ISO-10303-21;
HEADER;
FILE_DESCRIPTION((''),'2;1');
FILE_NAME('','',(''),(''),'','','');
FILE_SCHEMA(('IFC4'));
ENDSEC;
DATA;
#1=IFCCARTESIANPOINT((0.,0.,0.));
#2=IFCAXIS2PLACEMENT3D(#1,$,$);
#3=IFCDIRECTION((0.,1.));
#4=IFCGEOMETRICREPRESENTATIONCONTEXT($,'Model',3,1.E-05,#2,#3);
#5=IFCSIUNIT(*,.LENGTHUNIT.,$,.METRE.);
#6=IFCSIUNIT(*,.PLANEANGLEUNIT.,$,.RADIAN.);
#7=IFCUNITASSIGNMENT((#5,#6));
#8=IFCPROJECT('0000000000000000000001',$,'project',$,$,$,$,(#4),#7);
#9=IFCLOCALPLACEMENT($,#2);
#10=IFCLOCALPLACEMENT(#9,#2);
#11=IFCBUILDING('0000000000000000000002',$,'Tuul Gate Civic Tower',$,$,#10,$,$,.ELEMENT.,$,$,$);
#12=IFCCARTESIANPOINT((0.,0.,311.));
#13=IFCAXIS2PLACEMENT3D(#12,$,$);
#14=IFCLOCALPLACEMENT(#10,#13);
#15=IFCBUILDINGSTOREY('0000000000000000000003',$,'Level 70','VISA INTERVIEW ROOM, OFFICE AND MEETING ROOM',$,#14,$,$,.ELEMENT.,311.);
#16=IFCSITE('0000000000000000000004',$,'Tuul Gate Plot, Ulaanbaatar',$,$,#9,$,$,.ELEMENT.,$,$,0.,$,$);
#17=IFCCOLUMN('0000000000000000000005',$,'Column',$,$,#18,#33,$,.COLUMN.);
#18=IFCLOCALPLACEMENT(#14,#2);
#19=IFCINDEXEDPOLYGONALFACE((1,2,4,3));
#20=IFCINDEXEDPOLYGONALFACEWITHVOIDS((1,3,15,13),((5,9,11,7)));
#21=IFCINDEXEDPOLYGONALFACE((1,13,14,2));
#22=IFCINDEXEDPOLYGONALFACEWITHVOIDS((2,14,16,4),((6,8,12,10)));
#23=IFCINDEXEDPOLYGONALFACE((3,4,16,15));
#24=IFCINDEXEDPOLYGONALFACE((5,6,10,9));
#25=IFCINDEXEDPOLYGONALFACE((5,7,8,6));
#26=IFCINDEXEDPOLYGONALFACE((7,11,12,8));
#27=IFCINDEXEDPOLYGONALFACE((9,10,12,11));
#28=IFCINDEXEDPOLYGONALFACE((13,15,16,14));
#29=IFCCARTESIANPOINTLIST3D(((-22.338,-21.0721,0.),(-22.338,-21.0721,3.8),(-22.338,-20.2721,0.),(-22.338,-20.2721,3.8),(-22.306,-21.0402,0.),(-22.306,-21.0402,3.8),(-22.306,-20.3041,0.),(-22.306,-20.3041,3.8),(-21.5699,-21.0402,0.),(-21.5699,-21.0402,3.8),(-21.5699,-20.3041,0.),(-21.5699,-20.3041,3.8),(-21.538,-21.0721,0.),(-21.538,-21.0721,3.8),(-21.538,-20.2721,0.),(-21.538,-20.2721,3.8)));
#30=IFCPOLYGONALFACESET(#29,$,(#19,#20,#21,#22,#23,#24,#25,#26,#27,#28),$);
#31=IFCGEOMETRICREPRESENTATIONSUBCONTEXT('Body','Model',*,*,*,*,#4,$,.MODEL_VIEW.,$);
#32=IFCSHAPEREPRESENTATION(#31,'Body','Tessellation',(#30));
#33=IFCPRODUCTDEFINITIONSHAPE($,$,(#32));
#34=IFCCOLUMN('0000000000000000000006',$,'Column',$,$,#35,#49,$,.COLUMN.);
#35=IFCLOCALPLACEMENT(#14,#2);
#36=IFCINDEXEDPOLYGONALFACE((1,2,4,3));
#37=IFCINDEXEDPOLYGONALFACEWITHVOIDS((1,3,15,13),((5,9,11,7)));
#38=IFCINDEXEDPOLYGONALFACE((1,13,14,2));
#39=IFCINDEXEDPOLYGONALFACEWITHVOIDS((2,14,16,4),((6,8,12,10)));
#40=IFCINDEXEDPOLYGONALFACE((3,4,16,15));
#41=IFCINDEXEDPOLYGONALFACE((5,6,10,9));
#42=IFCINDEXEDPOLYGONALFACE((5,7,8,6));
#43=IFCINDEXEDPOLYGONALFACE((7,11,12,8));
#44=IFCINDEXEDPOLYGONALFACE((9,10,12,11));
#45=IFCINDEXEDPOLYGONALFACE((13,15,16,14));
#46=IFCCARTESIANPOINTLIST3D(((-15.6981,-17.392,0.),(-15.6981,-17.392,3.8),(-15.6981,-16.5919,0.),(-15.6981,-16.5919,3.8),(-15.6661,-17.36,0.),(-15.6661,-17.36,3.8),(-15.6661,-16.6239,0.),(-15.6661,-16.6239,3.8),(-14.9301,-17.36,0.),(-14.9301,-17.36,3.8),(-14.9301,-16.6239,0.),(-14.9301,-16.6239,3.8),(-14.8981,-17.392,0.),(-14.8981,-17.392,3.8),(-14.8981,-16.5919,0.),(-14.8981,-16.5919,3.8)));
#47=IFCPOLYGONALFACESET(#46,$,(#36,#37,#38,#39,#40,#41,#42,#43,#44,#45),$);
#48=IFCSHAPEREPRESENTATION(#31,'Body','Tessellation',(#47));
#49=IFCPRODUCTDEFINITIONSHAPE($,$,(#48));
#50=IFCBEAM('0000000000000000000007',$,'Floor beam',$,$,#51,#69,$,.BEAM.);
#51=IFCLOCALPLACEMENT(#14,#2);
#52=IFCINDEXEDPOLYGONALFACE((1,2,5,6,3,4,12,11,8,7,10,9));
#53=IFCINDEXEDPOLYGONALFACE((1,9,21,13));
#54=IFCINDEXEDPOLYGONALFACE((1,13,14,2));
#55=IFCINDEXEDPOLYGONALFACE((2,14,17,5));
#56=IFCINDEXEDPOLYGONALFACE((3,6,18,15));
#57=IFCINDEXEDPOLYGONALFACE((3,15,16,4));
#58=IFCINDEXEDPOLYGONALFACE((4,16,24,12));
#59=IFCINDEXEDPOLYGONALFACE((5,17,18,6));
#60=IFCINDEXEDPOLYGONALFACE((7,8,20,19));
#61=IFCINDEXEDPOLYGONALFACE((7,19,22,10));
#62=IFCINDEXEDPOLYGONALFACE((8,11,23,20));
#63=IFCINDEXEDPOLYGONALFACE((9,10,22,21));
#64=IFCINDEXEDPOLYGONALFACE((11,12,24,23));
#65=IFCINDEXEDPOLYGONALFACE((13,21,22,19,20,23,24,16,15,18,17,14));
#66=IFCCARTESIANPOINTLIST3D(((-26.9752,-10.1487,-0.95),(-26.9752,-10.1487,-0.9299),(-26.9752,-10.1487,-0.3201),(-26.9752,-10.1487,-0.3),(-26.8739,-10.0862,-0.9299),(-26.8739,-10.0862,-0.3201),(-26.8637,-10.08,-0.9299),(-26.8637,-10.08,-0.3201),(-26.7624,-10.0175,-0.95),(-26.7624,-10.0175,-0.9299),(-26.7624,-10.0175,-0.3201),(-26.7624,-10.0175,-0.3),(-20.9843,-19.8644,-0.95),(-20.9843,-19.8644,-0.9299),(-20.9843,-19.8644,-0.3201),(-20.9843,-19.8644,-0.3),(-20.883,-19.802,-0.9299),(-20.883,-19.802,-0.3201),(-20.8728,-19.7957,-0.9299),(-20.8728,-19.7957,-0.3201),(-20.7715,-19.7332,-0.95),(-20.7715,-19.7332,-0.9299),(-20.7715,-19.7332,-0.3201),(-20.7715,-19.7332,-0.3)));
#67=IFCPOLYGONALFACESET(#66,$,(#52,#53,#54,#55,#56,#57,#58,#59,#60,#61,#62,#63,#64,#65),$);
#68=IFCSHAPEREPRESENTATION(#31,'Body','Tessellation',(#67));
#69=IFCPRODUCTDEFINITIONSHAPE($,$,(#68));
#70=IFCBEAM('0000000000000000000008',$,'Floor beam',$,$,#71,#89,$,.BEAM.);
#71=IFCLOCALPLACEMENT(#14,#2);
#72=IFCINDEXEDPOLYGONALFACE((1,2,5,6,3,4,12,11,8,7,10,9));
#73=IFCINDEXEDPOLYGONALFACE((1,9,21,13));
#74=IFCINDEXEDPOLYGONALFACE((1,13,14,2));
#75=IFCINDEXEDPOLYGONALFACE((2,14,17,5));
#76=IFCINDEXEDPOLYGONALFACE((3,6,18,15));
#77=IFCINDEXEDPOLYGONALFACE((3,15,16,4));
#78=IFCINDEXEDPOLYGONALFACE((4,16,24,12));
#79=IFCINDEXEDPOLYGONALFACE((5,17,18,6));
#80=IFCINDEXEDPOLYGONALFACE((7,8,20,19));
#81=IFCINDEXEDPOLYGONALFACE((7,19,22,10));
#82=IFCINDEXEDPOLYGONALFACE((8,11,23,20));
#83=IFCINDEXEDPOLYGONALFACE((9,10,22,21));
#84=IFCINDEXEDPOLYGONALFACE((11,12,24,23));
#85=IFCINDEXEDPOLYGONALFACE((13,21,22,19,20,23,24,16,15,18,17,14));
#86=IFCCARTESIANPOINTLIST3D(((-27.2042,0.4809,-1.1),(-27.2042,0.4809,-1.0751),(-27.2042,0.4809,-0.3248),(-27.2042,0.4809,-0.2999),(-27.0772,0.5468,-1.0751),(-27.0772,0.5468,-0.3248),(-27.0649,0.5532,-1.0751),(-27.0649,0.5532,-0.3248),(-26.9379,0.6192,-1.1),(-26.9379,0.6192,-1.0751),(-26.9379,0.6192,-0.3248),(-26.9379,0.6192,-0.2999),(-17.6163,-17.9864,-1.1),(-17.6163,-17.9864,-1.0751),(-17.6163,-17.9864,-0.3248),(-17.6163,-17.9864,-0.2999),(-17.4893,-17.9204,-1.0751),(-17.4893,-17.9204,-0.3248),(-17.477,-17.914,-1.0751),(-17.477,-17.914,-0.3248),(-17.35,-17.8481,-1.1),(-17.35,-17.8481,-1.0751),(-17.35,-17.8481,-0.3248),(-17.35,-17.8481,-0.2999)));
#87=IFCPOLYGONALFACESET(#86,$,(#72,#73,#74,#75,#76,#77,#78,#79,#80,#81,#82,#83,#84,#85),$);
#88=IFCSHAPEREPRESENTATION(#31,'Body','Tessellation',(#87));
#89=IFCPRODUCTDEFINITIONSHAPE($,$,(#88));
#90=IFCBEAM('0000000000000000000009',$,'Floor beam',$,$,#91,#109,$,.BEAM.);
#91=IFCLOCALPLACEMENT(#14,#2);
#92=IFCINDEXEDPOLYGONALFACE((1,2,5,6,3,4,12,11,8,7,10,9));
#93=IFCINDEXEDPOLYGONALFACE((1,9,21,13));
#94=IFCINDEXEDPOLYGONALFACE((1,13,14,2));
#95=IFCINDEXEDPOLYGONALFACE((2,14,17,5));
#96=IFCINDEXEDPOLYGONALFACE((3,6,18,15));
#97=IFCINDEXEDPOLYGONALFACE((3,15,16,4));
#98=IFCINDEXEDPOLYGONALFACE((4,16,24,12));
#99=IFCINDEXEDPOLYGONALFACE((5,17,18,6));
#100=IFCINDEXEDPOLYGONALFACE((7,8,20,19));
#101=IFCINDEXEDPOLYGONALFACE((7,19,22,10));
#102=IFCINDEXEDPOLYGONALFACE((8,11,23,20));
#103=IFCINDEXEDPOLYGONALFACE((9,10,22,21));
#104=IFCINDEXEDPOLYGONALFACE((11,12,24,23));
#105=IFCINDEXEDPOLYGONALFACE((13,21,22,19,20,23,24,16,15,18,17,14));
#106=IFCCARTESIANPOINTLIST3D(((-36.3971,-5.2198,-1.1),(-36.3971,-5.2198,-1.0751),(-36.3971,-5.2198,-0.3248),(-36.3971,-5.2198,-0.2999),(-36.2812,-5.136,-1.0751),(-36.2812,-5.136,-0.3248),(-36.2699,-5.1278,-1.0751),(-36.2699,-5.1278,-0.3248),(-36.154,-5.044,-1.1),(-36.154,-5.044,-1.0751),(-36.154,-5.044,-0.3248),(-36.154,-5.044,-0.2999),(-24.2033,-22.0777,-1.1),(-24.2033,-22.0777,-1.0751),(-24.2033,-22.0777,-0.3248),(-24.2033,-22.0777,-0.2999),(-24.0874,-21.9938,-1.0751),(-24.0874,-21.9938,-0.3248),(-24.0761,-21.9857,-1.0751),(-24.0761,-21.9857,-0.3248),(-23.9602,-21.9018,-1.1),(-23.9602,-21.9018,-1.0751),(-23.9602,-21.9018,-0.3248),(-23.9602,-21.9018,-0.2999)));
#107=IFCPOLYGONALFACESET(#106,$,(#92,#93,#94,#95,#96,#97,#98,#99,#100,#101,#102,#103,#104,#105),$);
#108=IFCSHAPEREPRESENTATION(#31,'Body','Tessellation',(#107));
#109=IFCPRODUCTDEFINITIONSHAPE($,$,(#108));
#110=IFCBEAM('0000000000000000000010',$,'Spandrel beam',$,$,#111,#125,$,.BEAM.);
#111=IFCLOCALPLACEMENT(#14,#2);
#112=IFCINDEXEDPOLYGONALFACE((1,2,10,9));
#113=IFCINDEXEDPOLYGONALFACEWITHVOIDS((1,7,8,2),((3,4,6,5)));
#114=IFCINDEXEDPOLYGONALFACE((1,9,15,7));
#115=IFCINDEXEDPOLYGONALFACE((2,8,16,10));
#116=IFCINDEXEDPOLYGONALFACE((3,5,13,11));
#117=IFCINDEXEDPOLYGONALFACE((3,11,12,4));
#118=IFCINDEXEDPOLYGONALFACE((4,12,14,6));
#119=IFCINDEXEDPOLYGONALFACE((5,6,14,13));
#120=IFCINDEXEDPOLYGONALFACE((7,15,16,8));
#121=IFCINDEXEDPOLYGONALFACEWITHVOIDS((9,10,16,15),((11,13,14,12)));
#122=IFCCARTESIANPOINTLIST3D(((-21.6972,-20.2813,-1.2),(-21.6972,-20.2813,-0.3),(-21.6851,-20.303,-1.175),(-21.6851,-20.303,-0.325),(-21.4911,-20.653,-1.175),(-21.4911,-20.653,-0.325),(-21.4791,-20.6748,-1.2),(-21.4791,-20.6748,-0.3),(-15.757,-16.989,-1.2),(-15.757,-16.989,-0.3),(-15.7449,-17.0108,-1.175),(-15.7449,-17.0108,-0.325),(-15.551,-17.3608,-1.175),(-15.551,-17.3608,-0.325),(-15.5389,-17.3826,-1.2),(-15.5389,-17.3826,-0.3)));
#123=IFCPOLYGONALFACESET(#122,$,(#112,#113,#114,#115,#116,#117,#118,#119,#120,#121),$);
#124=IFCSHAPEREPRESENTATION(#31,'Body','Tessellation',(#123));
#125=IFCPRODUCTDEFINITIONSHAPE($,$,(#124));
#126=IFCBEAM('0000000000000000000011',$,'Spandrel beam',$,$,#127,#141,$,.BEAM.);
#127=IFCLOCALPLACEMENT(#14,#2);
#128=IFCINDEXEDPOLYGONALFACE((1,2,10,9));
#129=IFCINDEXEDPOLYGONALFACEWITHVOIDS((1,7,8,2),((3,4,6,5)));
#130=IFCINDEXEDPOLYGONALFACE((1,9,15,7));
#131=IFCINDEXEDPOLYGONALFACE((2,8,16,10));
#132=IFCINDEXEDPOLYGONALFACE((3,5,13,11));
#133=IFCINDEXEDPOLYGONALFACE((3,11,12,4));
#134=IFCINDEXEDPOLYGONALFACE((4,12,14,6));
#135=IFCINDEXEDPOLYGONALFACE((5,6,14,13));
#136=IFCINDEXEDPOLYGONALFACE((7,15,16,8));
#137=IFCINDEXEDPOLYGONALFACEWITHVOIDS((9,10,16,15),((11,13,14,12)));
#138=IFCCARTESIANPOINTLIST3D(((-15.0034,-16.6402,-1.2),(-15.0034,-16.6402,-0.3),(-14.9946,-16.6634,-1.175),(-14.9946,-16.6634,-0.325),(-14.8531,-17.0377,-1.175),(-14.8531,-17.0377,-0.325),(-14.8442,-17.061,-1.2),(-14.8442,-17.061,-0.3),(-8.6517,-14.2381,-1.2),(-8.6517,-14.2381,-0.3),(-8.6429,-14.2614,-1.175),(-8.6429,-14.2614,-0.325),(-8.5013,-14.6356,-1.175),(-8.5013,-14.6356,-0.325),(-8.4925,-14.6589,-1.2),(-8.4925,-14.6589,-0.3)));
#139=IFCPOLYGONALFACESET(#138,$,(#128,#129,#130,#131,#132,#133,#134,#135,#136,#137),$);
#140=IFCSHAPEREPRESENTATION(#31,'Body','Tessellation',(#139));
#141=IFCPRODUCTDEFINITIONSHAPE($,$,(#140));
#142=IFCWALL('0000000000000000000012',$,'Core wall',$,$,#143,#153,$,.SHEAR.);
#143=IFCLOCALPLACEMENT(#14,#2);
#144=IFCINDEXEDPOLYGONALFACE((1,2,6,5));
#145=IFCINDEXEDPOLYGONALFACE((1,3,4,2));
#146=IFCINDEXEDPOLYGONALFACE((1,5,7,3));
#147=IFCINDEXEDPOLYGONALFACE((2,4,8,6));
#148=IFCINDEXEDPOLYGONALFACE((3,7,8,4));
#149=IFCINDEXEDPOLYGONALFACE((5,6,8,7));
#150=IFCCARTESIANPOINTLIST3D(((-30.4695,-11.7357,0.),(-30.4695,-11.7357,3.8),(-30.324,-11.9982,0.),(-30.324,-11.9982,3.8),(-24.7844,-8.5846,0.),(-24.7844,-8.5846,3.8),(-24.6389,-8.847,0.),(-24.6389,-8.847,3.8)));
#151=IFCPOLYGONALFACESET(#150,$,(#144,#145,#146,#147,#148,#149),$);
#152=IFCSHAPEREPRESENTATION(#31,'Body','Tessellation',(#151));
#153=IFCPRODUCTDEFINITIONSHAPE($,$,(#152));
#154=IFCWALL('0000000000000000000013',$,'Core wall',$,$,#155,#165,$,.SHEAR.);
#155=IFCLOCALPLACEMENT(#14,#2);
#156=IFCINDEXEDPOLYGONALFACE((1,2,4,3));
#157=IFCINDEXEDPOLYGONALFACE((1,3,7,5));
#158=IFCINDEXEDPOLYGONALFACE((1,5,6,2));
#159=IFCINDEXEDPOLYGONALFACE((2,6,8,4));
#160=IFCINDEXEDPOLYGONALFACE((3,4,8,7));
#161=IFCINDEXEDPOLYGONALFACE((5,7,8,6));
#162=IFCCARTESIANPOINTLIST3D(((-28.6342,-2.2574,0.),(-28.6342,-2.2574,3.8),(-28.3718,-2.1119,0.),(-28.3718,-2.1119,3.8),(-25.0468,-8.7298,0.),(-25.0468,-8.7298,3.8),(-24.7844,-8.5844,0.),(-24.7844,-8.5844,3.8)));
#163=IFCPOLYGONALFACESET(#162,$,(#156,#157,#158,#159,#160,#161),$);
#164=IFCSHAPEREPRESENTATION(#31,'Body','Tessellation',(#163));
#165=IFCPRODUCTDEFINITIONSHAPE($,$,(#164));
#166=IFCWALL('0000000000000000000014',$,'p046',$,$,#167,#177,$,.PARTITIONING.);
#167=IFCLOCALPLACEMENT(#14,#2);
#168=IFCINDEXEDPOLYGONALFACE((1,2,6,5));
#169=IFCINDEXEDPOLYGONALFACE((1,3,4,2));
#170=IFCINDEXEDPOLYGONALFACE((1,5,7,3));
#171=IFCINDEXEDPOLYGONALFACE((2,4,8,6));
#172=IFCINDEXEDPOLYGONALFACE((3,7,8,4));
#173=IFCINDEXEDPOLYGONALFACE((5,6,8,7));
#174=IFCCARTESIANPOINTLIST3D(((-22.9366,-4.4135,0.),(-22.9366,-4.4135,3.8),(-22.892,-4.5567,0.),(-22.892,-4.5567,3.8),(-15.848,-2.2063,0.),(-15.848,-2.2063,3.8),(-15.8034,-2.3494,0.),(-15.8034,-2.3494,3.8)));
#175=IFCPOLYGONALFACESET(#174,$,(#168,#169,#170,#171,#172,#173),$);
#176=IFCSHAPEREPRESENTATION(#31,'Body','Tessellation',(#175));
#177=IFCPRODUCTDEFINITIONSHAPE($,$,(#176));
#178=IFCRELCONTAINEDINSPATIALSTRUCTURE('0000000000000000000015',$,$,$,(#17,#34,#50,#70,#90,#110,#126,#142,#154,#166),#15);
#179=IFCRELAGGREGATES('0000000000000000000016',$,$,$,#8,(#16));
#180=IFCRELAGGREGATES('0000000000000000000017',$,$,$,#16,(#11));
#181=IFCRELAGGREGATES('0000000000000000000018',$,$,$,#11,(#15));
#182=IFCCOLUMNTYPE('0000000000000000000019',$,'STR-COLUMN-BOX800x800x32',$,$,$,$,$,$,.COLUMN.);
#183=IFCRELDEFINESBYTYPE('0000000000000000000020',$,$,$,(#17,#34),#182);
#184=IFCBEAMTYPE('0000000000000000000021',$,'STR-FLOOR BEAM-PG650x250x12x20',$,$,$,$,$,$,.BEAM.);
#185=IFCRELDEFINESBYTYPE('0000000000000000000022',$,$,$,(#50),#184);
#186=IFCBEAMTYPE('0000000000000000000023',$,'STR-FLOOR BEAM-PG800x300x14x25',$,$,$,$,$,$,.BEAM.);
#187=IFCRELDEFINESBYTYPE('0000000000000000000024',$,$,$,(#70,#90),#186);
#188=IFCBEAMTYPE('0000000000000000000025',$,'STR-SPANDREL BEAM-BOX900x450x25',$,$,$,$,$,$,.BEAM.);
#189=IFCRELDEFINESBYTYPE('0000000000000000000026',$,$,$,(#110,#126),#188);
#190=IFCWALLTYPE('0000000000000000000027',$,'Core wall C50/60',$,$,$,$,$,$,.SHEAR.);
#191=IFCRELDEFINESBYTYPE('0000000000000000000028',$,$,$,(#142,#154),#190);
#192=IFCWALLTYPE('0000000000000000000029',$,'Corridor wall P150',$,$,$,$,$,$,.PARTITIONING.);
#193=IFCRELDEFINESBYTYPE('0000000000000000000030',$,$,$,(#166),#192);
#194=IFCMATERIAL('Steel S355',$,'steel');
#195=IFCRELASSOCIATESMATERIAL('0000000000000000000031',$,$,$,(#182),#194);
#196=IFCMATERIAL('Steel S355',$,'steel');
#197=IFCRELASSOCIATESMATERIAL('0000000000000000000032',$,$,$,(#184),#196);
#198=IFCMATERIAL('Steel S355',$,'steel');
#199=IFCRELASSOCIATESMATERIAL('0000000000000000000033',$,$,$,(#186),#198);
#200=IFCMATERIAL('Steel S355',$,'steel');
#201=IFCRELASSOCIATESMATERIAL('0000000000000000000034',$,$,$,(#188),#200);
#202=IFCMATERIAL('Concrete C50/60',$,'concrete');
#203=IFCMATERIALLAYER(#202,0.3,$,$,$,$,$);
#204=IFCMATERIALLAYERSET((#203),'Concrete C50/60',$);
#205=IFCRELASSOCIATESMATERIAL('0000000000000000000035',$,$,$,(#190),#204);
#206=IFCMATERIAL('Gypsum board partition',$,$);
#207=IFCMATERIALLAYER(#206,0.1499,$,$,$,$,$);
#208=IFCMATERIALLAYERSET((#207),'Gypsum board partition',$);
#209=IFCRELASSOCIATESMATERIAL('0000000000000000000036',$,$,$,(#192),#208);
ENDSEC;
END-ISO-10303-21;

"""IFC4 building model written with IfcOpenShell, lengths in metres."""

from ifc_helpers import new_model, si_unit, direction, frame, frame_2d, origin, origin_2d, place, context, subcontext, project, spatial, rectangle, hollow_rectangle, i_section, extrude, material, layer, layer_set, material_profile, profile_set, type_object, element, save


model = new_model("IFC4")

# Units and contexts
model_context = context("Model", 3, precision=1e-05, world=origin(), true_north=direction((0.0, 1.0)))
body_context = subcontext(model_context, "Body", "Model", "MODEL_VIEW")
ifc_project = project(units=[si_unit("LENGTHUNIT", "METRE"), si_unit("PLANEANGLEUNIT", "RADIAN")], contexts=[model_context])

# Site, building, storey
site_placement = place(None, origin())
site = spatial("IfcSite", under=ifc_project, at=site_placement, Name="Tuul Gate Plot, Ulaanbaatar", CompositionType="ELEMENT", RefElevation=0.0)
building_placement = place(site_placement, origin())
building = spatial("IfcBuilding", under=site, at=building_placement, Name="Tuul Gate Civic Tower", CompositionType="ELEMENT")
storey_placement = place(building_placement, frame((0.0, 0.0, 311.0)))
storey = spatial("IfcBuildingStorey", under=building, at=storey_placement, Name="Level 70", Description="VISA INTERVIEW ROOM, OFFICE AND MEETING ROOM", CompositionType="ELEMENT", Elevation=311.0)

# Columns
ifc_material_1 = material(Name="Steel S355", Category="steel")
ifc_material_profile_1 = material_profile(ifc_material_1, hollow_rectangle(XDim=0.8, YDim=0.8, WallThickness=0.032, at=origin_2d()), Name="BOX800x800x32")
ifc_profile_set_1 = profile_set([ifc_material_profile_1], Name="Steel S355")
column_type = type_object("IfcColumnType", Name="STR-COLUMN-BOX800x800x32", PredefinedType="COLUMN", material=ifc_profile_set_1)
for number, where, z_axis, x_axis, name in (
    (1, (-21.938, -20.6721, 0.0), (0.0, 0.0, 1.0), (1.0, 0.0, 0.0), "Column"),
    (2, (-15.2981, -16.9919, 0.0), (0.0, 0.0, 1.0), (1.0, 0.0, 0.0), "Column"),
):
    element("IfcColumn", number, at=place(storey_placement, frame(where, z_axis=z_axis, x_axis=x_axis)), inside=storey, type_object=column_type, Name=name, PredefinedType="COLUMN", context=body_context, shape_type="SweptSolid", body=[
        extrude(hollow_rectangle(XDim=0.8, YDim=0.8, WallThickness=0.032, at=origin_2d()), origin(), (0.0, 0.0, 1.0), 3.8),
    ])

# Beams
ifc_material_2 = material(Name="Steel S355", Category="steel")
ifc_material_profile_2 = material_profile(ifc_material_2, i_section(OverallWidth=0.25, OverallDepth=0.6499, WebThickness=0.012, FlangeThickness=0.02, at=origin_2d()), Name="PG650x250x12x20")
ifc_profile_set_2 = profile_set([ifc_material_profile_2], Name="Steel S355")
beam_type_1 = type_object("IfcBeamType", Name="STR-FLOOR BEAM-PG650x250x12x20", PredefinedType="BEAM", material=ifc_profile_set_2)
beam_1_placement = place(storey_placement, frame((-20.8779, -19.7988, -0.625), z_axis=(-0.52486, 0.851189, 0.0), x_axis=(-0.851189, -0.52486, 0.0)))
element("IfcBeam", 3, at=beam_1_placement, inside=storey, type_object=beam_type_1, Name="Floor beam", PredefinedType="BEAM", context=body_context, shape_type="SweptSolid", body=[
    extrude(i_section(OverallWidth=0.25, OverallDepth=0.6499, WebThickness=0.012, FlangeThickness=0.02, at=origin_2d()), origin(), (0.0, 0.0, 1.0), 11.4143),
])
ifc_material_3 = material(Name="Steel S355", Category="steel")
ifc_material_profile_3 = material_profile(ifc_material_3, i_section(OverallWidth=0.3, OverallDepth=0.8, WebThickness=0.0139, FlangeThickness=0.0249, at=origin_2d()), Name="PG800x300x14x25")
ifc_profile_set_3 = profile_set([ifc_material_profile_3], Name="Steel S355")
beam_type_2 = type_object("IfcBeamType", Name="STR-FLOOR BEAM-PG800x300x14x25", PredefinedType="BEAM", material=ifc_profile_set_3)
beam_2_placement = place(storey_placement, frame((-17.4832, -17.9172, -0.7), z_axis=(-0.460782, 0.887514, 0.0), x_axis=(-0.887514, -0.460782, 0.0)))
element("IfcBeam", 4, at=beam_2_placement, inside=storey, type_object=beam_type_2, Name="Floor beam", PredefinedType="BEAM", context=body_context, shape_type="SweptSolid", body=[
    extrude(i_section(OverallWidth=0.3, OverallDepth=0.8, WebThickness=0.0139, FlangeThickness=0.0249, at=origin_2d()), origin(), (0.0, 0.0, 1.0), 20.8079),
])
beam_3_placement = place(storey_placement, frame((-24.0818, -21.9897, -0.7), z_axis=(-0.586081, 0.810253, 0.0), x_axis=(-0.810253, -0.586081, 0.0)))
element("IfcBeam", 5, at=beam_3_placement, inside=storey, type_object=beam_type_2, Name="Floor beam", PredefinedType="BEAM", context=body_context, shape_type="SweptSolid", body=[
    extrude(i_section(OverallWidth=0.3, OverallDepth=0.8, WebThickness=0.0139, FlangeThickness=0.0249, at=origin_2d()), origin(), (0.0, 0.0, 1.0), 20.8057),
])
ifc_material_4 = material(Name="Steel S355", Category="steel")
ifc_material_profile_4 = material_profile(ifc_material_4, hollow_rectangle(XDim=0.45, YDim=0.8999, WallThickness=0.0249, at=origin_2d()), Name="BOX900x450x25")
ifc_profile_set_4 = profile_set([ifc_material_profile_4], Name="Steel S355")
beam_type_3 = type_object("IfcBeamType", Name="STR-SPANDREL BEAM-BOX900x450x25", PredefinedType="BEAM", material=ifc_profile_set_4)
beam_4_placement = place(storey_placement, frame((-21.5881, -20.478, -0.75), z_axis=(0.874649, 0.484758, 0.0), x_axis=(-0.484758, 0.874649, 0.0)))
element("IfcBeam", 6, at=beam_4_placement, inside=storey, type_object=beam_type_3, Name="Spandrel beam", PredefinedType="BEAM", context=body_context, shape_type="SweptSolid", body=[
    extrude(hollow_rectangle(XDim=0.45, YDim=0.8999, WallThickness=0.0249, at=origin_2d()), origin(), (0.0, 0.0, 1.0), 6.7915),
])
beam_5_placement = place(storey_placement, frame((-14.9238, -16.8506, -0.75), z_axis=(0.935349, 0.353726, 0.0), x_axis=(-0.353726, 0.935349, 0.0)))
element("IfcBeam", 7, at=beam_5_placement, inside=storey, type_object=beam_type_3, Name="Spandrel beam", PredefinedType="BEAM", context=body_context, shape_type="SweptSolid", body=[
    extrude(hollow_rectangle(XDim=0.45, YDim=0.8999, WallThickness=0.0249, at=origin_2d()), origin(), (0.0, 0.0, 1.0), 6.7908),
])

# Walls
ifc_material_5 = material(Name="Concrete C50/60", Category="concrete")
ifc_layer_1 = layer(ifc_material_5, 0.3)
ifc_layer_set_1 = layer_set([ifc_layer_1], Name="Concrete C50/60")
wall_type_1 = type_object("IfcWallType", Name="Core wall C50/60", PredefinedType="SHEAR", material=ifc_layer_set_1)
wall_1_placement = place(storey_placement, frame((-24.7117, -8.7158, 0.0), z_axis=(0.0, 0.0, 1.0), x_axis=(-0.87463, -0.484791, 0.0)))
element("IfcWall", 8, at=wall_1_placement, inside=storey, type_object=wall_type_1, Name="Core wall", PredefinedType="SHEAR", context=body_context, shape_type="SweptSolid", body=[
    extrude(rectangle(XDim=6.5, YDim=0.3, at=frame_2d((3.25, 0.0))), origin(), (0.0, 0.0, 1.0), 3.8),
])
wall_2_placement = place(storey_placement, frame((-24.9155, -8.6572, 0.0), z_axis=(0.0, 0.0, 1.0), x_axis=(-0.484777, 0.874638, 0.0)))
element("IfcWall", 9, at=wall_2_placement, inside=storey, type_object=wall_type_1, Name="Core wall", PredefinedType="SHEAR", context=body_context, shape_type="SweptSolid", body=[
    extrude(rectangle(XDim=7.4001, YDim=0.3, at=frame_2d((3.7002, 0.0))), origin(), (0.0, 0.0, 1.0), 3.8),
])
ifc_material_6 = material(Name="Gypsum board partition")
ifc_layer_2 = layer(ifc_material_6, 0.1499)
ifc_layer_set_2 = layer_set([ifc_layer_2], Name="Gypsum board partition")
wall_type_2 = type_object("IfcWallType", Name="Corridor wall P150", PredefinedType="PARTITIONING", material=ifc_layer_set_2)
wall_3_placement = place(storey_placement, frame((-22.9143, -4.4851, 0.0), z_axis=(0.0, 0.0, 1.0), x_axis=(0.954783, 0.297303, 0.0)))
element("IfcWall", 10, at=wall_3_placement, inside=storey, type_object=wall_type_2, Name="p046", PredefinedType="PARTITIONING", context=body_context, shape_type="SweptSolid", body=[
    extrude(rectangle(XDim=7.4243, YDim=0.1499, at=frame_2d((3.7122, 0.0))), origin(), (0.0, 0.0, 1.0), 3.8),
])

save(model, "model.ifc")
